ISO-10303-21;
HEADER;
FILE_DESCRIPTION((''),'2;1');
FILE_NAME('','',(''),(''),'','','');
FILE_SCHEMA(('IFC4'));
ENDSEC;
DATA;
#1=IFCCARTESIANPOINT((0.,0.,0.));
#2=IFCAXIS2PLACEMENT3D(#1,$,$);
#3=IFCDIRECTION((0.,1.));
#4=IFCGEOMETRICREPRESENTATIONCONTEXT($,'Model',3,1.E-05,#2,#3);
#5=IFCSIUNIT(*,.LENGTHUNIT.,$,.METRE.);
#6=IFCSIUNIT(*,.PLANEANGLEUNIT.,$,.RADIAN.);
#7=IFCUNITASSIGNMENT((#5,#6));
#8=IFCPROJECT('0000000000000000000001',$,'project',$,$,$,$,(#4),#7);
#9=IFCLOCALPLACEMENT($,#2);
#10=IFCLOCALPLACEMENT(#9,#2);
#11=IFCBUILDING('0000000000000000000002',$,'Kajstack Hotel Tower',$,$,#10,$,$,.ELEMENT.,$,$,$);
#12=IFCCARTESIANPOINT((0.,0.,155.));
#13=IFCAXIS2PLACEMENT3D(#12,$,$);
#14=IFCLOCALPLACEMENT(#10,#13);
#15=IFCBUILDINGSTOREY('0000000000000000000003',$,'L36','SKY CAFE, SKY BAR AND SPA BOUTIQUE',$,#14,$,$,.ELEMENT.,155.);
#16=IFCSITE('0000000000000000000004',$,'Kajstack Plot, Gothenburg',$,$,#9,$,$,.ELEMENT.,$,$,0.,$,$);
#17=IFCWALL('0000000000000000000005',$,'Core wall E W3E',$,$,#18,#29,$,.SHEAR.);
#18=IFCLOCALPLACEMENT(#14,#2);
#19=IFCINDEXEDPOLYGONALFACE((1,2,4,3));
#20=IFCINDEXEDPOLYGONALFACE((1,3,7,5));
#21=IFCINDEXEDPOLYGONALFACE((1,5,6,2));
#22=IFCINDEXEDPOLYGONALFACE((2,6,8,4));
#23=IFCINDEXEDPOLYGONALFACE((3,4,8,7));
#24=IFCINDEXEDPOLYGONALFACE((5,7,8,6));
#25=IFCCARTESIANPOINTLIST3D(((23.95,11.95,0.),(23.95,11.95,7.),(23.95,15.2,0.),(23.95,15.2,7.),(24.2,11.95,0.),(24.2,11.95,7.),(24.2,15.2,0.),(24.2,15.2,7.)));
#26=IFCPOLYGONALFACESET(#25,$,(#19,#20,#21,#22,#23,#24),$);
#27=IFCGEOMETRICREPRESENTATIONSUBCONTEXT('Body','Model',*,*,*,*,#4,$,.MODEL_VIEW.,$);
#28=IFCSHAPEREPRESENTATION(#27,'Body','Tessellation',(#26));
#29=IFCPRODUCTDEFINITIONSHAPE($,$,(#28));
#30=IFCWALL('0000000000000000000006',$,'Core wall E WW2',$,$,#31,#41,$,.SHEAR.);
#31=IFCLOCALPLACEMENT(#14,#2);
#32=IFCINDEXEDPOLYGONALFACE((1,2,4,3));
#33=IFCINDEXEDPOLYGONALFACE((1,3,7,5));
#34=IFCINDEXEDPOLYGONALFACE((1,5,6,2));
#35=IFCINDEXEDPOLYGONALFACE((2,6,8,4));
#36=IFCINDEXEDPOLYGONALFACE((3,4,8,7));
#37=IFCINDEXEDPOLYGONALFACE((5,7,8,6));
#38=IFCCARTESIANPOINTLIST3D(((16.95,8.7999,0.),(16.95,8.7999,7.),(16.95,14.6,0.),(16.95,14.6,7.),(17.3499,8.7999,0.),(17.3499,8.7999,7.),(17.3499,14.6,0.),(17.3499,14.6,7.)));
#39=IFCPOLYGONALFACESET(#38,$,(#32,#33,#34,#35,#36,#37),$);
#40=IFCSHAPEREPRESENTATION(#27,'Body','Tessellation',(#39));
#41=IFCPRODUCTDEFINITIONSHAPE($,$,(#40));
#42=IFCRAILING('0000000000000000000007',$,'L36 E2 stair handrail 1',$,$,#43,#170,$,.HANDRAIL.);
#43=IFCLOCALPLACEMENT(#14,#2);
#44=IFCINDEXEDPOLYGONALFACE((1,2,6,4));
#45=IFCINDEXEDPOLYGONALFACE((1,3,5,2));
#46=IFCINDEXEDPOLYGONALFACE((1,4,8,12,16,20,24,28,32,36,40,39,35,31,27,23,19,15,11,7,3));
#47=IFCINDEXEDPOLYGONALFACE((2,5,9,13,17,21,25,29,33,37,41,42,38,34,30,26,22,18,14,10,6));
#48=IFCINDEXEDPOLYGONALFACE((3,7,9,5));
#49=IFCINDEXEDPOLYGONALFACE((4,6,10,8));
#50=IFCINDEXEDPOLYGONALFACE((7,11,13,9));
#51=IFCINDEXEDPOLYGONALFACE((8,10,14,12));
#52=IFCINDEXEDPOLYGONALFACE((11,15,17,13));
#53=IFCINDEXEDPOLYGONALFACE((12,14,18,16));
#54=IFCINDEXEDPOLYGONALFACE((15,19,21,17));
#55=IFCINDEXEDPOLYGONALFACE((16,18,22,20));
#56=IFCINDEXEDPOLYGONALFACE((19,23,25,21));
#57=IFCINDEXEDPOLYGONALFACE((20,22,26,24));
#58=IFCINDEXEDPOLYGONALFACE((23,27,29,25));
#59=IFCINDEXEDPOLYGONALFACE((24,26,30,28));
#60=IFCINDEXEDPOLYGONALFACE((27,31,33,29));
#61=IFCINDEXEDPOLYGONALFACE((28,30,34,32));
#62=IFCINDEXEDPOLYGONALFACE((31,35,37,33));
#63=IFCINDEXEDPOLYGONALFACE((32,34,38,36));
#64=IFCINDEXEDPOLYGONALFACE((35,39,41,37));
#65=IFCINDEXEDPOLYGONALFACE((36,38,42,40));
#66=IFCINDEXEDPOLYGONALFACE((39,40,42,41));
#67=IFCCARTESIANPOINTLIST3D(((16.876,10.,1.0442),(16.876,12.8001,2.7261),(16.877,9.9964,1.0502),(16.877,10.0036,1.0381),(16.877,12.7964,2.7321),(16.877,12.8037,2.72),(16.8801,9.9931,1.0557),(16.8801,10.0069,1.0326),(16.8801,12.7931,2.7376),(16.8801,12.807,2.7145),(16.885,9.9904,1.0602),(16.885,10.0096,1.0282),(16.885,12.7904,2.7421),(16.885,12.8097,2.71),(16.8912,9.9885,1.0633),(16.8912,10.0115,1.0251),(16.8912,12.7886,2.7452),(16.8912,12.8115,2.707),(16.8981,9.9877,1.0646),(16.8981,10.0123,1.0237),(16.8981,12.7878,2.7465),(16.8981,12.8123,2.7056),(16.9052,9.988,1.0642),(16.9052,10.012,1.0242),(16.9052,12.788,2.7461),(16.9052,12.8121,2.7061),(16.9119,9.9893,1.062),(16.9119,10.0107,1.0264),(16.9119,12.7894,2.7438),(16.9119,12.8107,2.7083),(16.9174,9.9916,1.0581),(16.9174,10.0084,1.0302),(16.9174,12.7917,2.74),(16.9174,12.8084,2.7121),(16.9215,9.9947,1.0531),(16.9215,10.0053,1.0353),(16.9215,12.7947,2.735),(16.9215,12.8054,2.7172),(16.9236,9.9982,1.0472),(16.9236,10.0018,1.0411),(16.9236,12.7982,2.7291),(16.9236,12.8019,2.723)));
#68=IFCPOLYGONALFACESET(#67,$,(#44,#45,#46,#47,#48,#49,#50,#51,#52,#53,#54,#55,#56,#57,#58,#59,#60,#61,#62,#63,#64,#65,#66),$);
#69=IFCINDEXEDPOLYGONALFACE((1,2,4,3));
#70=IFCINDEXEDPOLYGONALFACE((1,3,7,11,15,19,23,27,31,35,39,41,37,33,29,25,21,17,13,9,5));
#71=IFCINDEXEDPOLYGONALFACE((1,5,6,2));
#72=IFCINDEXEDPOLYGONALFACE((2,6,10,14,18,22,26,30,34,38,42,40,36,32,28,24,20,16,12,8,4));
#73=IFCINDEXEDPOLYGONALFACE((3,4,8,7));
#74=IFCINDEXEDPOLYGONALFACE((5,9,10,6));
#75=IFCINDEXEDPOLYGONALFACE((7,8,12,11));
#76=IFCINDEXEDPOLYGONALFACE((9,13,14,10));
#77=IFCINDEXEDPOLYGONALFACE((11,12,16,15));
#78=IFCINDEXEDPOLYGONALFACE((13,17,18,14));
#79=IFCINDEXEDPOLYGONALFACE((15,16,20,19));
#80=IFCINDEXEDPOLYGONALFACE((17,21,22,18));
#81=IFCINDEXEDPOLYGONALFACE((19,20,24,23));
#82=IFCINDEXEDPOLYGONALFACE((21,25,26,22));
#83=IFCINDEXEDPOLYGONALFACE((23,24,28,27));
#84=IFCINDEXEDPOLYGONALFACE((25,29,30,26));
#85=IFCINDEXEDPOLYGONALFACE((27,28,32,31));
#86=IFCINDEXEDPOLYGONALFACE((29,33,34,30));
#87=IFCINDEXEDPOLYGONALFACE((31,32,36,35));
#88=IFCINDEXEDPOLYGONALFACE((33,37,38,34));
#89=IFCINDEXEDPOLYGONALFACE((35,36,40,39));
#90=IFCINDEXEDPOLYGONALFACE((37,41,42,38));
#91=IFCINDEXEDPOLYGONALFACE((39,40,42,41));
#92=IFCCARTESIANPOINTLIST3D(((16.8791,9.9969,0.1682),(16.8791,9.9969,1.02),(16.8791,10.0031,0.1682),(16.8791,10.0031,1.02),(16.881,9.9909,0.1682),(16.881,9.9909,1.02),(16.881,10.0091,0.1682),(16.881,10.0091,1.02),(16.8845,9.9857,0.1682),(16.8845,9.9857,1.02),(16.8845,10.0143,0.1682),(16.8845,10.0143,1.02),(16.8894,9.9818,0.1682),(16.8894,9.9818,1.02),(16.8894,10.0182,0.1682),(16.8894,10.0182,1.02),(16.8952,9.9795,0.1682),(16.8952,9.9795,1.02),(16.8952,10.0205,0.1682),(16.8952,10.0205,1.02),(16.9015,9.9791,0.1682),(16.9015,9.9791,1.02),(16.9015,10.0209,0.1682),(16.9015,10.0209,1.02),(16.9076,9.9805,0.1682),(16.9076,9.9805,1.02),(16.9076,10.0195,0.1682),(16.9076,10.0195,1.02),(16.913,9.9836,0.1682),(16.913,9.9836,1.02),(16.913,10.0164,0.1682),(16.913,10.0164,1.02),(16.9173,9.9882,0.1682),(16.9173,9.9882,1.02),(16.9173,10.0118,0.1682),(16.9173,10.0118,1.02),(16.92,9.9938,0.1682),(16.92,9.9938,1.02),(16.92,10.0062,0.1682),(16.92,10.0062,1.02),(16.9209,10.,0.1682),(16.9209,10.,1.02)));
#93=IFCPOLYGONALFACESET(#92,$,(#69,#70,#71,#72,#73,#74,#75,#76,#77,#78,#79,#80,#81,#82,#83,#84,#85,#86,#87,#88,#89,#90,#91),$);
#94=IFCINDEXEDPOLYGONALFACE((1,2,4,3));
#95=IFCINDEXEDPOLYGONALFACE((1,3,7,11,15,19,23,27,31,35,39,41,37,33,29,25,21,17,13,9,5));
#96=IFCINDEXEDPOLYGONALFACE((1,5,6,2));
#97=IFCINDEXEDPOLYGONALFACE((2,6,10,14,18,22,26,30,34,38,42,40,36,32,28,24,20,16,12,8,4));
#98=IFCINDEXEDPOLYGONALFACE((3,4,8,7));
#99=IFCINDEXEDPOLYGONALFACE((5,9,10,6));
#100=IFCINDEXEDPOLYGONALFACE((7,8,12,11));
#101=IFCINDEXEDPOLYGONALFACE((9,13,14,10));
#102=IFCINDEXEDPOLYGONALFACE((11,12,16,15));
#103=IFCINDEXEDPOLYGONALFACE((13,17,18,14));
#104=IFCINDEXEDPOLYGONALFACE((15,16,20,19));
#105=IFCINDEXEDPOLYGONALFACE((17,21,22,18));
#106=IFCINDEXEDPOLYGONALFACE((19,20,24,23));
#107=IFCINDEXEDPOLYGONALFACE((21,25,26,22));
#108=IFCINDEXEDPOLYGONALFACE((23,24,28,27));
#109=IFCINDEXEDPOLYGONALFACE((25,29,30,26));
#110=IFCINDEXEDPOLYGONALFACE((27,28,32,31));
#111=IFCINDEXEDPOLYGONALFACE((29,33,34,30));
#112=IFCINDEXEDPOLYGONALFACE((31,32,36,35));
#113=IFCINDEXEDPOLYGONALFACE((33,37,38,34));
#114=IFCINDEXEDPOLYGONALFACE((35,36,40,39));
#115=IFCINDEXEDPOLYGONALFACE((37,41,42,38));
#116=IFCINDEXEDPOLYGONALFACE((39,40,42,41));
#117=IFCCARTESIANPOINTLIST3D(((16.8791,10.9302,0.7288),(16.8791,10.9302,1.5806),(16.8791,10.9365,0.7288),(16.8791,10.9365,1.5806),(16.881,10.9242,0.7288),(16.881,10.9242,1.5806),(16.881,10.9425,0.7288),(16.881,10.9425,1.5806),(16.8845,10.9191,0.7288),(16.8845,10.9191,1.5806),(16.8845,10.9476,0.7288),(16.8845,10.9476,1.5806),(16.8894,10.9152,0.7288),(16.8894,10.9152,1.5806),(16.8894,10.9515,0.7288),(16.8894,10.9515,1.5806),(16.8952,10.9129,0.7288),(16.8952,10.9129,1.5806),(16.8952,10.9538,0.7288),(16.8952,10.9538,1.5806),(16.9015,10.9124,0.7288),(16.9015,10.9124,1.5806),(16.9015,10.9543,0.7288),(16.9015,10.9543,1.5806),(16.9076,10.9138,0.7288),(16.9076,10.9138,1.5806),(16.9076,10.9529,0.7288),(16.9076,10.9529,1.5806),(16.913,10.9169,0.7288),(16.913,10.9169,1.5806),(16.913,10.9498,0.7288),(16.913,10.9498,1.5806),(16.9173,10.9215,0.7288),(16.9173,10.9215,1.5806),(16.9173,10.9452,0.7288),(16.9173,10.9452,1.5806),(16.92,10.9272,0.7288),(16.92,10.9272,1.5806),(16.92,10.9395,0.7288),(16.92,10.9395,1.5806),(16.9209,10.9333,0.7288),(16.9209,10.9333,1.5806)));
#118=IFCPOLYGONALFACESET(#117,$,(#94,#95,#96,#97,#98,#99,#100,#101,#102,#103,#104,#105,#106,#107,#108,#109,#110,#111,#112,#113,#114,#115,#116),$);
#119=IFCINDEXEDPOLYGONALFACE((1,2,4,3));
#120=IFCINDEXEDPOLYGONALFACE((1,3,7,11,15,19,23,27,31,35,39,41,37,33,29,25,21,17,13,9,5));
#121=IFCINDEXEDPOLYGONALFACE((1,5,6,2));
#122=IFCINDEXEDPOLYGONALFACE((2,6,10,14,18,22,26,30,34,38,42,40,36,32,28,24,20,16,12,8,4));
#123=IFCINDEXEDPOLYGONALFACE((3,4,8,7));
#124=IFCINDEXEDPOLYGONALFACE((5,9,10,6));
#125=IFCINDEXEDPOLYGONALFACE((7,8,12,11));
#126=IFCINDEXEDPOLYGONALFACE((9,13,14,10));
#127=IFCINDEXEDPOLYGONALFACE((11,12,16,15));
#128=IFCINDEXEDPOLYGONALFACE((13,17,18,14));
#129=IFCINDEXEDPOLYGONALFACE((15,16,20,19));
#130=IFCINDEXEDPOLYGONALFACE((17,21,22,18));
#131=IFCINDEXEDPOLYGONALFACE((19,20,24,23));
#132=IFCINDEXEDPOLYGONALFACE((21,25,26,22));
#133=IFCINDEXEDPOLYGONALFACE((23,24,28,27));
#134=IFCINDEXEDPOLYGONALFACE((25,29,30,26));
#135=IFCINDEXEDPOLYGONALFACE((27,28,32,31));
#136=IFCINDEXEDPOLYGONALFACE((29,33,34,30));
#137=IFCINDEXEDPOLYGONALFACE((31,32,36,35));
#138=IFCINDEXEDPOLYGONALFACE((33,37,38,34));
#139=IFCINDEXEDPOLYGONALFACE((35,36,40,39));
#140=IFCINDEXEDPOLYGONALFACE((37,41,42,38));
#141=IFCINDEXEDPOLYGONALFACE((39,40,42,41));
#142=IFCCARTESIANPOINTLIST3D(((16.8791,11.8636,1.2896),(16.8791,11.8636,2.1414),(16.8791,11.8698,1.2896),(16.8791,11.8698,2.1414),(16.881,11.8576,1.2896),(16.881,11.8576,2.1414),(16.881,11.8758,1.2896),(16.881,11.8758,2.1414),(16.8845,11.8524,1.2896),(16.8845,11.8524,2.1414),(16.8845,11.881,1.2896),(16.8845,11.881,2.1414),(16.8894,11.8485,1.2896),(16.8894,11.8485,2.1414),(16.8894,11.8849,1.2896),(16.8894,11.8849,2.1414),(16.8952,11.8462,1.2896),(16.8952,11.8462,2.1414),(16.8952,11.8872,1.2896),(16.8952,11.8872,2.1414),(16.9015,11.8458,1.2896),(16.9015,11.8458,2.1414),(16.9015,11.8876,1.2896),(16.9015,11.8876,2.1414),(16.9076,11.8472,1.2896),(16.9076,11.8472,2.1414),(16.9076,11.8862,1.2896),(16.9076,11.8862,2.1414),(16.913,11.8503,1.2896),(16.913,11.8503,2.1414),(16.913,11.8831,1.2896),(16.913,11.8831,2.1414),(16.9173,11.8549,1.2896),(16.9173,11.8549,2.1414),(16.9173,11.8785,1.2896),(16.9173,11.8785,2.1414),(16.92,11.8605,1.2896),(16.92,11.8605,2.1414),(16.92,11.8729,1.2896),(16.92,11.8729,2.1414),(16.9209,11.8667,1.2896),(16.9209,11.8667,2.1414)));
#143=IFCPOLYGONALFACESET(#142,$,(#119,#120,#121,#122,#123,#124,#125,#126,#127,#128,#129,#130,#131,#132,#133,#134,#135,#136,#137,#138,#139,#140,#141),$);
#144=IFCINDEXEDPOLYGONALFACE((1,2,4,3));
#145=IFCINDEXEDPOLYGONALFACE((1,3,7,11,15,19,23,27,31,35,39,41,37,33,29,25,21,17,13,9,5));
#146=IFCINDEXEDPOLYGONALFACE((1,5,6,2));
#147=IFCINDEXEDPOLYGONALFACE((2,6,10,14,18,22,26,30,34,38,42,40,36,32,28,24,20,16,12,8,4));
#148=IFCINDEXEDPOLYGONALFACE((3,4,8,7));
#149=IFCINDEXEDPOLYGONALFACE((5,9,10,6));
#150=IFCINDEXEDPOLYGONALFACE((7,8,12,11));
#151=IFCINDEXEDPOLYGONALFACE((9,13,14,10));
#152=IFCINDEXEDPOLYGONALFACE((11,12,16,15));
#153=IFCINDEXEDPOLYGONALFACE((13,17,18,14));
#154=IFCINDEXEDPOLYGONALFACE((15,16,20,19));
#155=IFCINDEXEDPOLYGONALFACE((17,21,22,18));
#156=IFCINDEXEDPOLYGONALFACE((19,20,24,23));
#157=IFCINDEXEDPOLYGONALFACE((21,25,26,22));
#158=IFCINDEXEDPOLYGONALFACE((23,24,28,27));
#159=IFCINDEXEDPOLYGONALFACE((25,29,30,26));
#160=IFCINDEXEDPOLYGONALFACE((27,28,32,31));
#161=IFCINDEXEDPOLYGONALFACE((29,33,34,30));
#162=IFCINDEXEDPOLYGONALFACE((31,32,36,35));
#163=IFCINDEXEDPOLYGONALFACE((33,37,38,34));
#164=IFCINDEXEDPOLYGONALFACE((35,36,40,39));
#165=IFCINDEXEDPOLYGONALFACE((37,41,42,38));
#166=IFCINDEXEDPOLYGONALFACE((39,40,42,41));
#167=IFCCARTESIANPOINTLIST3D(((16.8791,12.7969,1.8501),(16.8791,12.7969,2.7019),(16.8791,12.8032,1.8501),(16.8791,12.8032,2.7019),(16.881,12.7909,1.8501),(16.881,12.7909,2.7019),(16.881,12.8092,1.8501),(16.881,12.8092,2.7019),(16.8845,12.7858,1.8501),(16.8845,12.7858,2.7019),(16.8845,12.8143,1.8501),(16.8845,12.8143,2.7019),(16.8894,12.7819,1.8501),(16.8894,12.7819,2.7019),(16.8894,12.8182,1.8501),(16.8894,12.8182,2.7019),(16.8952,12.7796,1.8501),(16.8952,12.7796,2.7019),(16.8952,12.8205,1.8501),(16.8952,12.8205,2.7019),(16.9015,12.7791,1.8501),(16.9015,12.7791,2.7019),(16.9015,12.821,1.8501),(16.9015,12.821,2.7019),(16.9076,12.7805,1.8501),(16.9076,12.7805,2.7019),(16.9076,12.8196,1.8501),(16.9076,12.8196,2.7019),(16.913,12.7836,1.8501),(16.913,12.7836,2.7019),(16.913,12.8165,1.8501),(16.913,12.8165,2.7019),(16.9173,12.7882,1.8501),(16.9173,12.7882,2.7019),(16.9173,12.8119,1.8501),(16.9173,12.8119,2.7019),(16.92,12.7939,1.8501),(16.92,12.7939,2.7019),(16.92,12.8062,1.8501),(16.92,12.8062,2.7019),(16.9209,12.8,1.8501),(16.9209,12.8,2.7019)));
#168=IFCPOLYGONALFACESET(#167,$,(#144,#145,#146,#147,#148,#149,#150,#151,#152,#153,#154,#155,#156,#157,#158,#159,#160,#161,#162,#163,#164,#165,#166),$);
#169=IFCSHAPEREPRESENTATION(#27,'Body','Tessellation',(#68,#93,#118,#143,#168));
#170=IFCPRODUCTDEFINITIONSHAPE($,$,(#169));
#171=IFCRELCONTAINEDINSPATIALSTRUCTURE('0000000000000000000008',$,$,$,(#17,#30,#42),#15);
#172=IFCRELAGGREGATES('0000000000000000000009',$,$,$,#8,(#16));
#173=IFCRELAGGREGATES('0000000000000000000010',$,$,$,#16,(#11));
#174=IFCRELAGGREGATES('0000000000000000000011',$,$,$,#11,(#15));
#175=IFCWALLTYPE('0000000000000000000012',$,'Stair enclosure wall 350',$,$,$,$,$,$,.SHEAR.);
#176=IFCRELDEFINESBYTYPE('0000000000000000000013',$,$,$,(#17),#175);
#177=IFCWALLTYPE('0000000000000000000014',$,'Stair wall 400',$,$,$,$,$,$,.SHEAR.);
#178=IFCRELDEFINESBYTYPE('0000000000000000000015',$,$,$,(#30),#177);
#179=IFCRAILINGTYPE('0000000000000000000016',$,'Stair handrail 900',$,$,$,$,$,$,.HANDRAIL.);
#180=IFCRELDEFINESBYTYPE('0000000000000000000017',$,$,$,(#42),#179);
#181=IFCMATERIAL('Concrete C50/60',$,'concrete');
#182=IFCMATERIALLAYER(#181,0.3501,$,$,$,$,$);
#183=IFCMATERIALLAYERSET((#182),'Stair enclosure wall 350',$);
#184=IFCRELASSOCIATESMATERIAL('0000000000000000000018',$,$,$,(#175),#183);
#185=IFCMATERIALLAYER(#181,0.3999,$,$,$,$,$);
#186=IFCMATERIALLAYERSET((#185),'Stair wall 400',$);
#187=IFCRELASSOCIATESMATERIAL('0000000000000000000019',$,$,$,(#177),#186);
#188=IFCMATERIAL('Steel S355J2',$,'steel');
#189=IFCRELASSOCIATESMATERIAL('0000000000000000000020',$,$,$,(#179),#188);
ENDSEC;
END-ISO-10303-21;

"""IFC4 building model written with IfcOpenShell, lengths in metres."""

from ifc_helpers import new_model, si_unit, direction, frame, frame_2d, origin, origin_2d, place, context, subcontext, project, spatial, rectangle, circle, extrude, material, layer, layer_set, type_object, element, save


model = new_model("IFC4")

# Units and contexts
model_context = context("Model", 3, precision=1e-05, world=origin(), true_north=direction((0.0, 1.0)))
body_context = subcontext(model_context, "Body", "Model", "MODEL_VIEW")
ifc_project = project(units=[si_unit("LENGTHUNIT", "METRE"), si_unit("PLANEANGLEUNIT", "RADIAN")], contexts=[model_context])

# Site, building, storey
site_placement = place(None, origin())
site = spatial("IfcSite", under=ifc_project, at=site_placement, Name="Kajstack Plot, Gothenburg", CompositionType="ELEMENT", RefElevation=0.0)
building_placement = place(site_placement, origin())
building = spatial("IfcBuilding", under=site, at=building_placement, Name="Kajstack Hotel Tower", CompositionType="ELEMENT")
storey_placement = place(building_placement, frame((0.0, 0.0, 155.0)))
storey = spatial("IfcBuildingStorey", under=building, at=storey_placement, Name="L36", Description="SKY CAFE, SKY BAR AND SPA BOUTIQUE", CompositionType="ELEMENT", Elevation=155.0)

# Shared definitions
ifc_material_1 = material(Name="Concrete C50/60", Category="concrete")

# Walls
ifc_layer_1 = layer(ifc_material_1, 0.3501)
ifc_layer_set_1 = layer_set([ifc_layer_1], Name="Stair enclosure wall 350")
wall_type_1 = type_object("IfcWallType", Name="Stair enclosure wall 350", PredefinedType="SHEAR", material=ifc_layer_set_1)
wall_1_placement = place(storey_placement, frame((24.075, 11.95, 0.0), z_axis=(0.0, 0.0, 1.0), x_axis=(0.0, 1.0, 0.0)))
element("IfcWall", 1, at=wall_1_placement, inside=storey, type_object=wall_type_1, Name="Core wall E W3E", PredefinedType="SHEAR", context=body_context, shape_type="SweptSolid", body=[
    extrude(rectangle(XDim=3.25, YDim=0.25, at=frame_2d((1.625, 0.0))), origin(), (0.0, 0.0, 1.0), 7.0),
])
ifc_layer_2 = layer(ifc_material_1, 0.3999)
ifc_layer_set_2 = layer_set([ifc_layer_2], Name="Stair wall 400")
wall_type_2 = type_object("IfcWallType", Name="Stair wall 400", PredefinedType="SHEAR", material=ifc_layer_set_2)
wall_2_placement = place(storey_placement, frame((17.1499, 8.8, 0.0), z_axis=(0.0, 0.0, 1.0), x_axis=(0.0, 1.0, 0.0)))
element("IfcWall", 2, at=wall_2_placement, inside=storey, type_object=wall_type_2, Name="Core wall E WW2", PredefinedType="SHEAR", context=body_context, shape_type="SweptSolid", body=[
    extrude(rectangle(XDim=5.8, YDim=0.3999, at=frame_2d((2.8999, 0.0))), origin(), (0.0, 0.0, 1.0), 7.0),
])

# Railing
ifc_material_2 = material(Name="Steel S355J2", Category="steel")
railing_type_1 = type_object("IfcRailingType", Name="Stair handrail 900", PredefinedType="HANDRAIL", material=ifc_material_2)
for number, where, name in (
    (3, (16.8999, 10.0, 0.1682), "L36 E2 stair handrail 1"),
):
    element("IfcRailing", number, at=place(storey_placement, frame(where)), inside=storey, type_object=railing_type_1, Name=name, PredefinedType="HANDRAIL", context=body_context, shape_type="SweptSolid", body=[
        extrude(circle(Radius=0.0239, at=origin_2d()), frame((0.0, 0.0, 0.876), z_axis=(0.0, 0.857242, 0.514913), x_axis=(-1.0, 0.0, 0.0)), (0.0, 0.0, 1.0), 3.2664),
        extrude(circle(Radius=0.021, at=origin_2d()), origin(), (0.0, 0.0, 1.0), 0.8518),
        extrude(circle(Radius=0.021, at=origin_2d()), frame((0.0, 0.9333, 0.5605)), (0.0, 0.0, 1.0), 0.8518),
        extrude(circle(Radius=0.021, at=origin_2d()), frame((0.0, 1.8667, 1.1213)), (0.0, 0.0, 1.0), 0.8518),
        extrude(circle(Radius=0.021, at=origin_2d()), frame((0.0, 2.8, 1.6819)), (0.0, 0.0, 1.0), 0.8518),
    ])

save(model, "model.ifc")
